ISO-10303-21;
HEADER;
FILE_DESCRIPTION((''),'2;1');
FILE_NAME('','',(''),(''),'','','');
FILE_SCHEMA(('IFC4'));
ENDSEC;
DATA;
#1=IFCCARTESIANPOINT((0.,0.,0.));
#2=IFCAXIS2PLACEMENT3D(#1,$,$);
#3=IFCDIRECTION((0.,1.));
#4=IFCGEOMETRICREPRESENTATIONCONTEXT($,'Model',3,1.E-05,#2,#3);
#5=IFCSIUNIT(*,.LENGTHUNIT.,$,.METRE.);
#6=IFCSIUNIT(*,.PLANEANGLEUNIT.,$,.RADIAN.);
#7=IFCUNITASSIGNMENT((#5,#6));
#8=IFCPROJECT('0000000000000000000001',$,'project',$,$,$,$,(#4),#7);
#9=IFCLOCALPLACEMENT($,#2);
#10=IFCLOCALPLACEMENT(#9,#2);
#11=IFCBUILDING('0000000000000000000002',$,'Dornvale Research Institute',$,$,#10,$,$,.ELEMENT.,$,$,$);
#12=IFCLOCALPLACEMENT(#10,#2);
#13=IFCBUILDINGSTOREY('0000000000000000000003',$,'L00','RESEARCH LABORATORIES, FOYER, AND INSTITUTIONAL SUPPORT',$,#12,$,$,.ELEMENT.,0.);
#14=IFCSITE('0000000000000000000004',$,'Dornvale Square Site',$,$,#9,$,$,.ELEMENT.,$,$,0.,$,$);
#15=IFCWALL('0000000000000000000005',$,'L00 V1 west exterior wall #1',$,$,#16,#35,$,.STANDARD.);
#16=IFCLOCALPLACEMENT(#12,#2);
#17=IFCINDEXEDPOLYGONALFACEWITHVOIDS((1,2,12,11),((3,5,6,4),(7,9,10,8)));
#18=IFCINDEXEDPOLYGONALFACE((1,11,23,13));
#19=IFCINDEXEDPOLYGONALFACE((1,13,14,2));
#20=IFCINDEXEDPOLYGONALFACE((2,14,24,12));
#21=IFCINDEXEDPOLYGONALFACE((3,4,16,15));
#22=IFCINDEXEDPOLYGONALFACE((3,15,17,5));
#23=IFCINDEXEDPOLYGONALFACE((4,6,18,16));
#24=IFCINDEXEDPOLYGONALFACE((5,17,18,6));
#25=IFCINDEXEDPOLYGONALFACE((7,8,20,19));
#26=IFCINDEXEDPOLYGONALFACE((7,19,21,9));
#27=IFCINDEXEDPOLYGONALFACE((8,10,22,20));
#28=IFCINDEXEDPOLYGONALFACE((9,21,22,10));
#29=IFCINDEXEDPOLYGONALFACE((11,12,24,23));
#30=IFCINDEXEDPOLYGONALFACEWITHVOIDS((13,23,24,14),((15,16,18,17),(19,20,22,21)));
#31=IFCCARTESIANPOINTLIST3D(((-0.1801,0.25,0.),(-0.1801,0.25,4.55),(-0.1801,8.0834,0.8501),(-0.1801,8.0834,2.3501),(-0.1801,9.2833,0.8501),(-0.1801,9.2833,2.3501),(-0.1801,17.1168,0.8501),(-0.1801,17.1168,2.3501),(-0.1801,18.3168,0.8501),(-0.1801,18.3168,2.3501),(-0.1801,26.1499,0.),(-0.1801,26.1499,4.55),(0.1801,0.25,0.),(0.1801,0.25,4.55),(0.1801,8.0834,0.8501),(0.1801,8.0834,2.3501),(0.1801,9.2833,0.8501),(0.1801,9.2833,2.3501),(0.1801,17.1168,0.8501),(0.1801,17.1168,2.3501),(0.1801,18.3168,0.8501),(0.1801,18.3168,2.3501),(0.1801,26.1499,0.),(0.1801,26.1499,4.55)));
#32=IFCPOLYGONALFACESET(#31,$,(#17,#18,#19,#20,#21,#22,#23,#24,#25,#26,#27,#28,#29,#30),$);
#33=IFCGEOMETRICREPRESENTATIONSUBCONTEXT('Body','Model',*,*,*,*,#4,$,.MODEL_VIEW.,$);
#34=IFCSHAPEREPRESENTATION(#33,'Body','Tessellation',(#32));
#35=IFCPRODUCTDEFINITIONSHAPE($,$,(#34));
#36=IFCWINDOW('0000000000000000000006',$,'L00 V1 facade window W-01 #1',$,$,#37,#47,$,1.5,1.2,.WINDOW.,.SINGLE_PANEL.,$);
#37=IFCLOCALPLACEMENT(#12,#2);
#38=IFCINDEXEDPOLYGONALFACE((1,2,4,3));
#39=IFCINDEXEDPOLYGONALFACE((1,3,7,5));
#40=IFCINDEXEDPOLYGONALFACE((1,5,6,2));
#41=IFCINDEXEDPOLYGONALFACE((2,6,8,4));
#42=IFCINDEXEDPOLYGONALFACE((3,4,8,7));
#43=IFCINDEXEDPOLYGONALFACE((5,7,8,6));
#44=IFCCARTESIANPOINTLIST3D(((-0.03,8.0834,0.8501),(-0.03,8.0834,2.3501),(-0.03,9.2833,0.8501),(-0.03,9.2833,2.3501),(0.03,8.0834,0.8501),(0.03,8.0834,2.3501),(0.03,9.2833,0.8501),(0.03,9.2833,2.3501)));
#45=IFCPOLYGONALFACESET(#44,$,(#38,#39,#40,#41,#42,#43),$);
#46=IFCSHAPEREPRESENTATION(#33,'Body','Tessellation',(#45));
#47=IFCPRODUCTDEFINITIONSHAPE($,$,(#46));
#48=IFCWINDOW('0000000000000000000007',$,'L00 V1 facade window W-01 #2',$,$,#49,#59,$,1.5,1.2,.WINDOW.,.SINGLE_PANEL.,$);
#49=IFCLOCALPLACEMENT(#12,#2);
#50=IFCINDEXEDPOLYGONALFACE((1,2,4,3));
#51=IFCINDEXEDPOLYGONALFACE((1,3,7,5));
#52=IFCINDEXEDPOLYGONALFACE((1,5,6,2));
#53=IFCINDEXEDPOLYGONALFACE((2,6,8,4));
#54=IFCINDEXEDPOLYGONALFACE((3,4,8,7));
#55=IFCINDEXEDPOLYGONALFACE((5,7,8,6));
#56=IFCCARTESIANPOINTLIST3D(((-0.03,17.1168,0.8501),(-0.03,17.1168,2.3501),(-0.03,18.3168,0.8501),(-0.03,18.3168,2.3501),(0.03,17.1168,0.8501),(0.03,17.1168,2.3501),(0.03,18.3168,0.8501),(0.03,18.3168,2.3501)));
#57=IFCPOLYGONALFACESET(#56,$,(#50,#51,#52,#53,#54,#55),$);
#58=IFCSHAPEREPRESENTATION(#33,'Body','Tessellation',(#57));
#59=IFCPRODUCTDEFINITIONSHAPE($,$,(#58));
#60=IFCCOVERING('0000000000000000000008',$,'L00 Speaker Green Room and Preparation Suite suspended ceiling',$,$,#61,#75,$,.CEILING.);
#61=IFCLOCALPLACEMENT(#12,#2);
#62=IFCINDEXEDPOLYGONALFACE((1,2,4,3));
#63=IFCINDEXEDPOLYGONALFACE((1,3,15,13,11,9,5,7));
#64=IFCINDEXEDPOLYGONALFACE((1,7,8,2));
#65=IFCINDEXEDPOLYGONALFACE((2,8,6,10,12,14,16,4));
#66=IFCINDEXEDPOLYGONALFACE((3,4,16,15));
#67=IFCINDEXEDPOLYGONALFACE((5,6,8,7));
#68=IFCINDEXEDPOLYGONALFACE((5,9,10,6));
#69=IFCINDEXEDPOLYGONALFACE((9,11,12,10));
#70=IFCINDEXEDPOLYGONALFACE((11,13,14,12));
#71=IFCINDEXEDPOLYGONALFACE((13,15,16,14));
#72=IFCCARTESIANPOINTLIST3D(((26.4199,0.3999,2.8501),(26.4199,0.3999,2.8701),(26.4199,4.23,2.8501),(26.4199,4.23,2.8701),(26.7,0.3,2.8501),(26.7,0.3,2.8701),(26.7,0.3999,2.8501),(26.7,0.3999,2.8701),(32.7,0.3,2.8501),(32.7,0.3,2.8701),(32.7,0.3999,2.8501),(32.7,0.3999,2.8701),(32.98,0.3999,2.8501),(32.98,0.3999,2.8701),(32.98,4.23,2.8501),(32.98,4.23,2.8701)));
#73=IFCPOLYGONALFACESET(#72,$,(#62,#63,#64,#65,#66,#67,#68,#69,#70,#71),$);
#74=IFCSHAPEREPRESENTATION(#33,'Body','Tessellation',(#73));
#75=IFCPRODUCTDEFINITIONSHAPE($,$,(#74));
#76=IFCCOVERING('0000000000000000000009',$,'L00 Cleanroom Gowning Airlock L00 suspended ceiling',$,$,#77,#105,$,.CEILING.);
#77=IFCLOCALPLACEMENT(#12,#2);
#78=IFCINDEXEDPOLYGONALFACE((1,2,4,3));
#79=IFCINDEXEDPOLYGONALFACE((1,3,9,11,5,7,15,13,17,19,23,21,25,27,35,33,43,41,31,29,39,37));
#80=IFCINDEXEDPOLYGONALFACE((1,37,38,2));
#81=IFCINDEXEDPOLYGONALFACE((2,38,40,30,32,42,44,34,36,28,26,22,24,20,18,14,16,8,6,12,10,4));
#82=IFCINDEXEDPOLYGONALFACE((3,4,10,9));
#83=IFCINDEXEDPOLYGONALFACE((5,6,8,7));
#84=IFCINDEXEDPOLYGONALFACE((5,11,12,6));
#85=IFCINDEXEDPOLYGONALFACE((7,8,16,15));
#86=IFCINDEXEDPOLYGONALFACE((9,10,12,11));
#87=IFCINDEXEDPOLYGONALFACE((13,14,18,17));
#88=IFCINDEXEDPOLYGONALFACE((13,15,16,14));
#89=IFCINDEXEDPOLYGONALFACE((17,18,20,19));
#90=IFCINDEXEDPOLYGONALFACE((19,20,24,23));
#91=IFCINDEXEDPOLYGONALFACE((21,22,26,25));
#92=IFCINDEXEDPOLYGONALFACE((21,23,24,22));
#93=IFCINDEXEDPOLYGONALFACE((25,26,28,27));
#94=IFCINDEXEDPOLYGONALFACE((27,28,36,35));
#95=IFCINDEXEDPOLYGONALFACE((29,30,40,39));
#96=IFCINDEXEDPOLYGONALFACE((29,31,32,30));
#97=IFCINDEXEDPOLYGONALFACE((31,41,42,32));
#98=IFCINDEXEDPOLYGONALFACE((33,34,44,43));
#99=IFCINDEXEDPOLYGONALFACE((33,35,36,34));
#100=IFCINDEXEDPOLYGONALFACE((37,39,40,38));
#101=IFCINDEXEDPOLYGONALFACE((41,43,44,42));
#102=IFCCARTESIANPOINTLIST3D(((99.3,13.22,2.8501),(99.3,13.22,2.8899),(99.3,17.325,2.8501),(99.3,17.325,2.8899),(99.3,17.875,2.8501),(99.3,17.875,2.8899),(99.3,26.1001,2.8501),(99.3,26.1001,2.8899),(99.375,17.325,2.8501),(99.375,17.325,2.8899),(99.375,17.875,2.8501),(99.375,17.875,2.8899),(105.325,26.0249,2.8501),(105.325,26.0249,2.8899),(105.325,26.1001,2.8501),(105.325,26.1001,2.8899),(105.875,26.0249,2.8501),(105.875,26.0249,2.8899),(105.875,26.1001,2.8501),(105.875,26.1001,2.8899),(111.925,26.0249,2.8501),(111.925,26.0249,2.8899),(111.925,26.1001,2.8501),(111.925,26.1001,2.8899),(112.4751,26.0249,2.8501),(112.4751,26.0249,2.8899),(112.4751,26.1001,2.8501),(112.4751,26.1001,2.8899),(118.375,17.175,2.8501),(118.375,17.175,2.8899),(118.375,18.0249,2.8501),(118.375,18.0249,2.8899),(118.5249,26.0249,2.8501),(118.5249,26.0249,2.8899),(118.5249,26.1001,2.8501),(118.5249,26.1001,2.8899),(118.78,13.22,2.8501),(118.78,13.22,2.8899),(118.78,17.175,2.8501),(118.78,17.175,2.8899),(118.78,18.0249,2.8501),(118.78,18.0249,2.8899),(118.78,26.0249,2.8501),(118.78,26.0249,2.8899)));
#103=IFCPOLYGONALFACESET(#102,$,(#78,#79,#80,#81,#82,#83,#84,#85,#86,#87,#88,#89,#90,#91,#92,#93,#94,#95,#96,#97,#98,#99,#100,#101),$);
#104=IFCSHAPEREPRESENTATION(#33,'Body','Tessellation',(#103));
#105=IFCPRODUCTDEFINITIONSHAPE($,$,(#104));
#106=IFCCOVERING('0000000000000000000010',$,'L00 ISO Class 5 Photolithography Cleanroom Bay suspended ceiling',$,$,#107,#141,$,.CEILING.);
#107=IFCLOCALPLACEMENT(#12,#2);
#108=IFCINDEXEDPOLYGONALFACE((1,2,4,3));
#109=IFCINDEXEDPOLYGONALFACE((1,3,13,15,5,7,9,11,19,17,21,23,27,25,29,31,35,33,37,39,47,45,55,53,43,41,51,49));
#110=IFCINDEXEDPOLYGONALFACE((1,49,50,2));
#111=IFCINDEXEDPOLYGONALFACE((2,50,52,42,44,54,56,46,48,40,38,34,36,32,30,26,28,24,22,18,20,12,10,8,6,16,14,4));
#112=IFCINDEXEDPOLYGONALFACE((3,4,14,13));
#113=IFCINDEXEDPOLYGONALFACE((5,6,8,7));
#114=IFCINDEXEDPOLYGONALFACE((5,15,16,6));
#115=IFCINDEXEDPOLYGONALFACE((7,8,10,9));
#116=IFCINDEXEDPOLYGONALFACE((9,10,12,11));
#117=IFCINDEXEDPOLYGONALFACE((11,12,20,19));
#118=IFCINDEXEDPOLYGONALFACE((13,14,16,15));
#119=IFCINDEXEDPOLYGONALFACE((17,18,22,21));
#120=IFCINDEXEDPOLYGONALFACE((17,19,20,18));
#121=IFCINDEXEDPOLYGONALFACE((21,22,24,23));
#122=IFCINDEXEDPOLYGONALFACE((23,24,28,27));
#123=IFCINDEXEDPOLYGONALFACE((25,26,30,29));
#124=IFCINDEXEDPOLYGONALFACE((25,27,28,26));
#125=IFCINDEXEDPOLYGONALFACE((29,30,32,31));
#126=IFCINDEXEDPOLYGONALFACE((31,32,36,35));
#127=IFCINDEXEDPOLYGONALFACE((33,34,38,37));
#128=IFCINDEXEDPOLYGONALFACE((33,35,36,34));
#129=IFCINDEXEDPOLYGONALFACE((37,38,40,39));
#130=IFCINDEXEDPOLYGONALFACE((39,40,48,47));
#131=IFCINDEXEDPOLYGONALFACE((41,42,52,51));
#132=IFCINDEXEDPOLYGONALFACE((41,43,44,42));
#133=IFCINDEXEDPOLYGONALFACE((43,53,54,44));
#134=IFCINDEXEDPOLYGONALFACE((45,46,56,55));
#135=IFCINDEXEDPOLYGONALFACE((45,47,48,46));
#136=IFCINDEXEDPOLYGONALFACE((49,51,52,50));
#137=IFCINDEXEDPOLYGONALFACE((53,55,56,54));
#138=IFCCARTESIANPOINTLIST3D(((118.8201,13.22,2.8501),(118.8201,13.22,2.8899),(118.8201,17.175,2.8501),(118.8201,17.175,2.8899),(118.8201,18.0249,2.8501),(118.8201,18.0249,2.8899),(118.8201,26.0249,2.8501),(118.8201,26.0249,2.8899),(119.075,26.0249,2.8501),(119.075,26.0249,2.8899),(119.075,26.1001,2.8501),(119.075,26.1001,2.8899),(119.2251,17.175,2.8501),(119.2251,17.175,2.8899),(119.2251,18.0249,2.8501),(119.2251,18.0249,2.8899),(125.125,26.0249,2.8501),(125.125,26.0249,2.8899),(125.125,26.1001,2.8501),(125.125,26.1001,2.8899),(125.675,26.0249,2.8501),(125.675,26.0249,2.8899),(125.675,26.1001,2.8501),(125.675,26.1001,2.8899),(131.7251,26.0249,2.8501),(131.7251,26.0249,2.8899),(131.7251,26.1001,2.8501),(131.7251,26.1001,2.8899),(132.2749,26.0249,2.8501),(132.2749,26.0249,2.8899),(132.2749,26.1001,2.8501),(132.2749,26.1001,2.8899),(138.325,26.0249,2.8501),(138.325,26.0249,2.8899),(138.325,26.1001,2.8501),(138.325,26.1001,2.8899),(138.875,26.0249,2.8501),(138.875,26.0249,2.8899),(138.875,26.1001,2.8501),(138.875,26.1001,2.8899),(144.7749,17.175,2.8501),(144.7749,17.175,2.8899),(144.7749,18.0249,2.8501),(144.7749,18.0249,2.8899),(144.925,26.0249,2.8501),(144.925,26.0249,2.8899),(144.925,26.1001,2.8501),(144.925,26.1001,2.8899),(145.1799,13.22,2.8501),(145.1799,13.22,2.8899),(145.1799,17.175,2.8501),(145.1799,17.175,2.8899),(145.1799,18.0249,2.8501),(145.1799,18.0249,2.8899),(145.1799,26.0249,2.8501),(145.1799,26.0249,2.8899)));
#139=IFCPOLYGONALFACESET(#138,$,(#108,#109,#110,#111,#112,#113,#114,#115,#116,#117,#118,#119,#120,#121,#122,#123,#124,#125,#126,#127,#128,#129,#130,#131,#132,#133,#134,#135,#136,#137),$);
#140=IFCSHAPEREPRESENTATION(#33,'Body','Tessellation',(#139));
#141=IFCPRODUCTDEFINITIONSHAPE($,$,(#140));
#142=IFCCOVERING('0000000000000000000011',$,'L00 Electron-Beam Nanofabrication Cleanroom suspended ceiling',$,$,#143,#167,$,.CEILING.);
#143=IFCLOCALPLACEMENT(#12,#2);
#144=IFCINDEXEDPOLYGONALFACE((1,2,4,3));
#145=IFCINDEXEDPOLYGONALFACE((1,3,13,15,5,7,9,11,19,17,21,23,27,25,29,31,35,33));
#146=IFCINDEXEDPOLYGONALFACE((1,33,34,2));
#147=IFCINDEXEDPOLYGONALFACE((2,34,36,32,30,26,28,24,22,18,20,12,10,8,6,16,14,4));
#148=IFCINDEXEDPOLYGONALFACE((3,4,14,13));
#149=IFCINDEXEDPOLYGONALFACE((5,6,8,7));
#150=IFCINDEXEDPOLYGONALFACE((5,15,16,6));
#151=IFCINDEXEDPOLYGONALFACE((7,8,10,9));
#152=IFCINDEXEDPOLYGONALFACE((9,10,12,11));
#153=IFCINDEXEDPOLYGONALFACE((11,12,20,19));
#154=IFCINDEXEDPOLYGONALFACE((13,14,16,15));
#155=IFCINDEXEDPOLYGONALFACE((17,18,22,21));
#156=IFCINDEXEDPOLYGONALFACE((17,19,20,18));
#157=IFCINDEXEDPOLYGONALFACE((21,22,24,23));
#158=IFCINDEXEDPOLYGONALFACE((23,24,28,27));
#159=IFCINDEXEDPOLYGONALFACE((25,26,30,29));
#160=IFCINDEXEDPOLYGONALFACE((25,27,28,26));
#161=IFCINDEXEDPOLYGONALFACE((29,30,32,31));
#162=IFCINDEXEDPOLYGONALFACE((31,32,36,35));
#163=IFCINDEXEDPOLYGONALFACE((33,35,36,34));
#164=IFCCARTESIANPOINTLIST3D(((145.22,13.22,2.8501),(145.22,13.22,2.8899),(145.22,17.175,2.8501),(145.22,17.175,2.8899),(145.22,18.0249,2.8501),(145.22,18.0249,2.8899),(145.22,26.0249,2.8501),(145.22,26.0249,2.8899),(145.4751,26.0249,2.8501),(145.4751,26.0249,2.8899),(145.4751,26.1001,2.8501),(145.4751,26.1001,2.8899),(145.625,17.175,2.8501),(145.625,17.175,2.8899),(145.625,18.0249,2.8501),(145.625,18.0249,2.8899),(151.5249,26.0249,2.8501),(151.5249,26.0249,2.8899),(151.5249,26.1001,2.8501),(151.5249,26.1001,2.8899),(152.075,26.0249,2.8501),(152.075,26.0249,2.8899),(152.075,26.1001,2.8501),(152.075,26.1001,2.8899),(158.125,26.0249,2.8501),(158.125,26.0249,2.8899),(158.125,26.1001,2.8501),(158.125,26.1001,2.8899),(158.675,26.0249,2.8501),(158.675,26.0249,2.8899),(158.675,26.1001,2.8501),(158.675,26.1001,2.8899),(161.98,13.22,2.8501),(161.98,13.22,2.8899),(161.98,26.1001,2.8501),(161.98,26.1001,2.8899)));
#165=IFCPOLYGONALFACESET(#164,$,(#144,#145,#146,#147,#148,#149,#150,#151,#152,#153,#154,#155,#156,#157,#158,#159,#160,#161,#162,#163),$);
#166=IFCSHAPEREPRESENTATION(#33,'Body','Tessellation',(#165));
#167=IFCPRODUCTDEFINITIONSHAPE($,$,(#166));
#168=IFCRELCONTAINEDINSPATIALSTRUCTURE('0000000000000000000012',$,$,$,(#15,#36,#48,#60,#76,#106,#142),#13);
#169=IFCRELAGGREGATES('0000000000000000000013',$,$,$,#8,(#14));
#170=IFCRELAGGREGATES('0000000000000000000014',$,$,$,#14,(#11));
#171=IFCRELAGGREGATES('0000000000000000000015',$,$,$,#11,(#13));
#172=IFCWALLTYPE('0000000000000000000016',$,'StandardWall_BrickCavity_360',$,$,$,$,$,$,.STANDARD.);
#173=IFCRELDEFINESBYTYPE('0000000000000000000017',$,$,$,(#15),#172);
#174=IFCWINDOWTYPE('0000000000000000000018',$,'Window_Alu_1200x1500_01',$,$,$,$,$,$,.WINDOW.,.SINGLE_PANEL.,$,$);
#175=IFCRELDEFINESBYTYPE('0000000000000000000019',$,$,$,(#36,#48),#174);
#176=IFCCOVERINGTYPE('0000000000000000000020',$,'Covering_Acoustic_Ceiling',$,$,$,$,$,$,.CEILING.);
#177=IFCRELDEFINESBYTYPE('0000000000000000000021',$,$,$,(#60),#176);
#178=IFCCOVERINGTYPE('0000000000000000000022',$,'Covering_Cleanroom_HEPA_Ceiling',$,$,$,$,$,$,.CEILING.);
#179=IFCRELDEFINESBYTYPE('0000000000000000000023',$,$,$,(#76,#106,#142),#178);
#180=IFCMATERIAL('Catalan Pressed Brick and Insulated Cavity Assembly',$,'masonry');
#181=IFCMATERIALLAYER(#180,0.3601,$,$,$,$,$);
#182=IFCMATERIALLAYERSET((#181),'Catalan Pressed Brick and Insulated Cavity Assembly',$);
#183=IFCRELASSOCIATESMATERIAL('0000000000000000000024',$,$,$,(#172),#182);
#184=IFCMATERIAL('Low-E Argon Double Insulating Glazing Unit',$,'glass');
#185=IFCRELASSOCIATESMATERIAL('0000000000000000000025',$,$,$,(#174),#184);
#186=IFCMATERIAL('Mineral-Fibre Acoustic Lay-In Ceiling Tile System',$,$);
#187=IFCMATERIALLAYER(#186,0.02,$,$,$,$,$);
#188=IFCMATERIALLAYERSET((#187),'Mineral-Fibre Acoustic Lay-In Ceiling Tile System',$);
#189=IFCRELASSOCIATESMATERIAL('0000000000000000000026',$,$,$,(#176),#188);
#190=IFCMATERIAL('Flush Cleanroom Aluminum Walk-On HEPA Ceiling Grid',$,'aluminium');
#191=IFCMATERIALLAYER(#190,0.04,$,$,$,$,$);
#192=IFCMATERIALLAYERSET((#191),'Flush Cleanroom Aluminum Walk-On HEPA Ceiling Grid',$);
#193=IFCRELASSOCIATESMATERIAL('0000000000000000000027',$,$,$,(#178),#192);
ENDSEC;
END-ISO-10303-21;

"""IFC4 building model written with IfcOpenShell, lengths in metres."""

from ifc_helpers import new_model, si_unit, direction, frame, frame_2d, origin, place, context, subcontext, project, spatial, polyline, rectangle, outline, extrude, material, layer, layer_set, type_object, element, fill, save


model = new_model("IFC4")

# Units and contexts
model_context = context("Model", 3, precision=1e-05, world=origin(), true_north=direction((0.0, 1.0)))
body_context = subcontext(model_context, "Body", "Model", "MODEL_VIEW")
ifc_project = project(units=[si_unit("LENGTHUNIT", "METRE"), si_unit("PLANEANGLEUNIT", "RADIAN")], contexts=[model_context])

# Site, building, storey
site_placement = place(None, origin())
site = spatial("IfcSite", under=ifc_project, at=site_placement, Name="Dornvale Square Site", CompositionType="ELEMENT", RefElevation=0.0)
building_placement = place(site_placement, origin())
building = spatial("IfcBuilding", under=site, at=building_placement, Name="Dornvale Research Institute", CompositionType="ELEMENT")
storey_placement = place(building_placement, origin())
storey = spatial("IfcBuildingStorey", under=building, at=storey_placement, Name="L00", Description="RESEARCH LABORATORIES, FOYER, AND INSTITUTIONAL SUPPORT", CompositionType="ELEMENT", Elevation=0.0)

# Wall, openings, windows
ifc_material_1 = material(Name="Catalan Pressed Brick and Insulated Cavity Assembly", Category="masonry")
ifc_layer_1 = layer(ifc_material_1, 0.3601)
ifc_layer_set_1 = layer_set([ifc_layer_1], Name="Catalan Pressed Brick and Insulated Cavity Assembly")
wall_type_1 = type_object("IfcWallType", Name="StandardWall_BrickCavity_360", PredefinedType="STANDARD", material=ifc_layer_set_1)
wall_1_placement = place(storey_placement, frame((0.0, 0.25, 0.0), z_axis=(0.0, 0.0, 1.0), x_axis=(0.0, 1.0, 0.0)))
wall_1 = element("IfcWall", 1, at=wall_1_placement, inside=storey, type_object=wall_type_1, Name="L00 V1 west exterior wall #1", PredefinedType="STANDARD", context=body_context, shape_type="SweptSolid", body=[
    extrude(rectangle(XDim=25.8999, YDim=0.3601, at=frame_2d((12.95, 0.0))), origin(), (0.0, 0.0, 1.0), 4.55),
])
opening_1_placement = place(wall_1_placement, frame((7.8333, 0.0, 0.8501)))
opening_1 = element("IfcOpeningElement", 2, at=opening_1_placement, cuts=wall_1, PredefinedType="OPENING", context=body_context, shape_type="SweptSolid", body=[
    extrude(rectangle(XDim=1.2, YDim=1.5, at=frame_2d((0.6001, 0.75))), frame((0.0, 0.1951, 0.0), z_axis=(0.0, -1.0, 0.0), x_axis=(1.0, 0.0, 0.0)), (0.0, 0.0, 1.0), 0.3901),
])
opening_2_placement = place(wall_1_placement, frame((16.8667, 0.0, 0.8501)))
opening_2 = element("IfcOpeningElement", 3, at=opening_2_placement, cuts=wall_1, PredefinedType="OPENING", context=body_context, shape_type="SweptSolid", body=[
    extrude(rectangle(XDim=1.2, YDim=1.5, at=frame_2d((0.6001, 0.75))), frame((0.0, 0.1951, 0.0), z_axis=(0.0, -1.0, 0.0), x_axis=(1.0, 0.0, 0.0)), (0.0, 0.0, 1.0), 0.3901),
])
ifc_material_2 = material(Name="Low-E Argon Double Insulating Glazing Unit", Category="glass")
window_type = type_object("IfcWindowType", Name="Window_Alu_1200x1500_01", PartitioningType="SINGLE_PANEL", PredefinedType="WINDOW", material=ifc_material_2)
window_1_placement = place(opening_1_placement, origin())
window_1 = element("IfcWindow", 4, at=window_1_placement, inside=storey, type_object=window_type, Name="L00 V1 facade window W-01 #1", OverallHeight=1.5, OverallWidth=1.2, PartitioningType="SINGLE_PANEL", PredefinedType="WINDOW", context=body_context, shape_type="SweptSolid", body=[
    extrude(rectangle(XDim=1.2, YDim=1.5, at=frame_2d((0.6001, 0.75))), frame((0.0, 0.03, 0.0), z_axis=(0.0, -1.0, 0.0), x_axis=(1.0, 0.0, 0.0)), (0.0, 0.0, 1.0), 0.0601),
])
fill(opening_1, window_1)
window_2_placement = place(opening_2_placement, origin())
window_2 = element("IfcWindow", 5, at=window_2_placement, inside=storey, type_object=window_type, Name="L00 V1 facade window W-01 #2", OverallHeight=1.5, OverallWidth=1.2, PartitioningType="SINGLE_PANEL", PredefinedType="WINDOW", context=body_context, shape_type="SweptSolid", body=[
    extrude(rectangle(XDim=1.2, YDim=1.5, at=frame_2d((0.6001, 0.75))), frame((0.0, 0.03, 0.0), z_axis=(0.0, -1.0, 0.0), x_axis=(1.0, 0.0, 0.0)), (0.0, 0.0, 1.0), 0.0601),
])
fill(opening_2, window_2)

# Coverings
ifc_material_3 = material(Name="Mineral-Fibre Acoustic Lay-In Ceiling Tile System")
ifc_layer_2 = layer(ifc_material_3, 0.02)
ifc_layer_set_2 = layer_set([ifc_layer_2], Name="Mineral-Fibre Acoustic Lay-In Ceiling Tile System")
covering_type_1 = type_object("IfcCoveringType", Name="Covering_Acoustic_Ceiling", PredefinedType="CEILING", material=ifc_layer_set_2)
covering_1_placement = place(storey_placement, frame((0.0, 0.0, 2.8501)))
element("IfcCovering", 6, at=covering_1_placement, inside=storey, type_object=covering_type_1, Name="L00 Speaker Green Room and Preparation Suite suspended ceiling", PredefinedType="CEILING", context=body_context, shape_type="SweptSolid", body=[
    extrude(outline(polyline([(32.98, 4.23), (32.98, 0.3999), (32.7, 0.3999), (32.7, 0.3), (26.7, 0.3), (26.7, 0.3999), (26.4199, 0.3999), (26.4199, 4.23), (32.98, 4.23)])), origin(), (0.0, 0.0, 1.0), 0.02),
])
ifc_material_4 = material(Name="Flush Cleanroom Aluminum Walk-On HEPA Ceiling Grid", Category="aluminium")
ifc_layer_3 = layer(ifc_material_4, 0.04)
ifc_layer_set_3 = layer_set([ifc_layer_3], Name="Flush Cleanroom Aluminum Walk-On HEPA Ceiling Grid")
covering_type_2 = type_object("IfcCoveringType", Name="Covering_Cleanroom_HEPA_Ceiling", PredefinedType="CEILING", material=ifc_layer_set_3)
covering_2_placement = place(storey_placement, frame((0.0, 0.0, 2.8501)))
element("IfcCovering", 7, at=covering_2_placement, inside=storey, type_object=covering_type_2, Name="L00 Cleanroom Gowning Airlock L00 suspended ceiling", PredefinedType="CEILING", context=body_context, shape_type="SweptSolid", body=[
    extrude(outline(polyline([(112.4751, 26.0249), (112.4751, 26.1001), (118.5249, 26.1001), (118.5249, 26.0249), (118.78, 26.0249), (118.78, 18.0249), (118.375, 18.0249), (118.375, 17.175), (118.78, 17.175), (118.78, 13.22), (99.3, 13.22), (99.3, 17.325), (99.375, 17.325), (99.375, 17.875), (99.3, 17.875), (99.3, 26.1001), (105.325, 26.1001), (105.325, 26.0249), (105.875, 26.0249), (105.875, 26.1001), (111.925, 26.1001), (111.925, 26.0249), (112.4751, 26.0249)])), origin(), (0.0, 0.0, 1.0), 0.0398),
])
covering_3_placement = place(storey_placement, frame((0.0, 0.0, 2.8501)))
element("IfcCovering", 8, at=covering_3_placement, inside=storey, type_object=covering_type_2, Name="L00 ISO Class 5 Photolithography Cleanroom Bay suspended ceiling", PredefinedType="CEILING", context=body_context, shape_type="SweptSolid", body=[
    extrude(outline(polyline([(144.925, 26.1001), (144.925, 26.0249), (145.1799, 26.0249), (145.1799, 18.0249), (144.7749, 18.0249), (144.7749, 17.175), (145.1799, 17.175), (145.1799, 13.22), (118.8201, 13.22), (118.8201, 17.175), (119.2251, 17.175), (119.2251, 18.0249), (118.8201, 18.0249), (118.8201, 26.0249), (119.075, 26.0249), (119.075, 26.1001), (125.125, 26.1001), (125.125, 26.0249), (125.675, 26.0249), (125.675, 26.1001), (131.7251, 26.1001), (131.7251, 26.0249), (132.2749, 26.0249), (132.2749, 26.1001), (138.325, 26.1001), (138.325, 26.0249), (138.875, 26.0249), (138.875, 26.1001), (144.925, 26.1001)])), origin(), (0.0, 0.0, 1.0), 0.0398),
])
covering_4_placement = place(storey_placement, frame((0.0, 0.0, 2.8501)))
element("IfcCovering", 9, at=covering_4_placement, inside=storey, type_object=covering_type_2, Name="L00 Electron-Beam Nanofabrication Cleanroom suspended ceiling", PredefinedType="CEILING", context=body_context, shape_type="SweptSolid", body=[
    extrude(outline(polyline([(151.5249, 26.1001), (151.5249, 26.0249), (152.075, 26.0249), (152.075, 26.1001), (158.125, 26.1001), (158.125, 26.0249), (158.675, 26.0249), (158.675, 26.1001), (161.98, 26.1001), (161.98, 13.22), (145.22, 13.22), (145.22, 17.175), (145.625, 17.175), (145.625, 18.0249), (145.22, 18.0249), (145.22, 26.0249), (145.4751, 26.0249), (145.4751, 26.1001), (151.5249, 26.1001)])), origin(), (0.0, 0.0, 1.0), 0.0398),
])

save(model, "model.ifc")
